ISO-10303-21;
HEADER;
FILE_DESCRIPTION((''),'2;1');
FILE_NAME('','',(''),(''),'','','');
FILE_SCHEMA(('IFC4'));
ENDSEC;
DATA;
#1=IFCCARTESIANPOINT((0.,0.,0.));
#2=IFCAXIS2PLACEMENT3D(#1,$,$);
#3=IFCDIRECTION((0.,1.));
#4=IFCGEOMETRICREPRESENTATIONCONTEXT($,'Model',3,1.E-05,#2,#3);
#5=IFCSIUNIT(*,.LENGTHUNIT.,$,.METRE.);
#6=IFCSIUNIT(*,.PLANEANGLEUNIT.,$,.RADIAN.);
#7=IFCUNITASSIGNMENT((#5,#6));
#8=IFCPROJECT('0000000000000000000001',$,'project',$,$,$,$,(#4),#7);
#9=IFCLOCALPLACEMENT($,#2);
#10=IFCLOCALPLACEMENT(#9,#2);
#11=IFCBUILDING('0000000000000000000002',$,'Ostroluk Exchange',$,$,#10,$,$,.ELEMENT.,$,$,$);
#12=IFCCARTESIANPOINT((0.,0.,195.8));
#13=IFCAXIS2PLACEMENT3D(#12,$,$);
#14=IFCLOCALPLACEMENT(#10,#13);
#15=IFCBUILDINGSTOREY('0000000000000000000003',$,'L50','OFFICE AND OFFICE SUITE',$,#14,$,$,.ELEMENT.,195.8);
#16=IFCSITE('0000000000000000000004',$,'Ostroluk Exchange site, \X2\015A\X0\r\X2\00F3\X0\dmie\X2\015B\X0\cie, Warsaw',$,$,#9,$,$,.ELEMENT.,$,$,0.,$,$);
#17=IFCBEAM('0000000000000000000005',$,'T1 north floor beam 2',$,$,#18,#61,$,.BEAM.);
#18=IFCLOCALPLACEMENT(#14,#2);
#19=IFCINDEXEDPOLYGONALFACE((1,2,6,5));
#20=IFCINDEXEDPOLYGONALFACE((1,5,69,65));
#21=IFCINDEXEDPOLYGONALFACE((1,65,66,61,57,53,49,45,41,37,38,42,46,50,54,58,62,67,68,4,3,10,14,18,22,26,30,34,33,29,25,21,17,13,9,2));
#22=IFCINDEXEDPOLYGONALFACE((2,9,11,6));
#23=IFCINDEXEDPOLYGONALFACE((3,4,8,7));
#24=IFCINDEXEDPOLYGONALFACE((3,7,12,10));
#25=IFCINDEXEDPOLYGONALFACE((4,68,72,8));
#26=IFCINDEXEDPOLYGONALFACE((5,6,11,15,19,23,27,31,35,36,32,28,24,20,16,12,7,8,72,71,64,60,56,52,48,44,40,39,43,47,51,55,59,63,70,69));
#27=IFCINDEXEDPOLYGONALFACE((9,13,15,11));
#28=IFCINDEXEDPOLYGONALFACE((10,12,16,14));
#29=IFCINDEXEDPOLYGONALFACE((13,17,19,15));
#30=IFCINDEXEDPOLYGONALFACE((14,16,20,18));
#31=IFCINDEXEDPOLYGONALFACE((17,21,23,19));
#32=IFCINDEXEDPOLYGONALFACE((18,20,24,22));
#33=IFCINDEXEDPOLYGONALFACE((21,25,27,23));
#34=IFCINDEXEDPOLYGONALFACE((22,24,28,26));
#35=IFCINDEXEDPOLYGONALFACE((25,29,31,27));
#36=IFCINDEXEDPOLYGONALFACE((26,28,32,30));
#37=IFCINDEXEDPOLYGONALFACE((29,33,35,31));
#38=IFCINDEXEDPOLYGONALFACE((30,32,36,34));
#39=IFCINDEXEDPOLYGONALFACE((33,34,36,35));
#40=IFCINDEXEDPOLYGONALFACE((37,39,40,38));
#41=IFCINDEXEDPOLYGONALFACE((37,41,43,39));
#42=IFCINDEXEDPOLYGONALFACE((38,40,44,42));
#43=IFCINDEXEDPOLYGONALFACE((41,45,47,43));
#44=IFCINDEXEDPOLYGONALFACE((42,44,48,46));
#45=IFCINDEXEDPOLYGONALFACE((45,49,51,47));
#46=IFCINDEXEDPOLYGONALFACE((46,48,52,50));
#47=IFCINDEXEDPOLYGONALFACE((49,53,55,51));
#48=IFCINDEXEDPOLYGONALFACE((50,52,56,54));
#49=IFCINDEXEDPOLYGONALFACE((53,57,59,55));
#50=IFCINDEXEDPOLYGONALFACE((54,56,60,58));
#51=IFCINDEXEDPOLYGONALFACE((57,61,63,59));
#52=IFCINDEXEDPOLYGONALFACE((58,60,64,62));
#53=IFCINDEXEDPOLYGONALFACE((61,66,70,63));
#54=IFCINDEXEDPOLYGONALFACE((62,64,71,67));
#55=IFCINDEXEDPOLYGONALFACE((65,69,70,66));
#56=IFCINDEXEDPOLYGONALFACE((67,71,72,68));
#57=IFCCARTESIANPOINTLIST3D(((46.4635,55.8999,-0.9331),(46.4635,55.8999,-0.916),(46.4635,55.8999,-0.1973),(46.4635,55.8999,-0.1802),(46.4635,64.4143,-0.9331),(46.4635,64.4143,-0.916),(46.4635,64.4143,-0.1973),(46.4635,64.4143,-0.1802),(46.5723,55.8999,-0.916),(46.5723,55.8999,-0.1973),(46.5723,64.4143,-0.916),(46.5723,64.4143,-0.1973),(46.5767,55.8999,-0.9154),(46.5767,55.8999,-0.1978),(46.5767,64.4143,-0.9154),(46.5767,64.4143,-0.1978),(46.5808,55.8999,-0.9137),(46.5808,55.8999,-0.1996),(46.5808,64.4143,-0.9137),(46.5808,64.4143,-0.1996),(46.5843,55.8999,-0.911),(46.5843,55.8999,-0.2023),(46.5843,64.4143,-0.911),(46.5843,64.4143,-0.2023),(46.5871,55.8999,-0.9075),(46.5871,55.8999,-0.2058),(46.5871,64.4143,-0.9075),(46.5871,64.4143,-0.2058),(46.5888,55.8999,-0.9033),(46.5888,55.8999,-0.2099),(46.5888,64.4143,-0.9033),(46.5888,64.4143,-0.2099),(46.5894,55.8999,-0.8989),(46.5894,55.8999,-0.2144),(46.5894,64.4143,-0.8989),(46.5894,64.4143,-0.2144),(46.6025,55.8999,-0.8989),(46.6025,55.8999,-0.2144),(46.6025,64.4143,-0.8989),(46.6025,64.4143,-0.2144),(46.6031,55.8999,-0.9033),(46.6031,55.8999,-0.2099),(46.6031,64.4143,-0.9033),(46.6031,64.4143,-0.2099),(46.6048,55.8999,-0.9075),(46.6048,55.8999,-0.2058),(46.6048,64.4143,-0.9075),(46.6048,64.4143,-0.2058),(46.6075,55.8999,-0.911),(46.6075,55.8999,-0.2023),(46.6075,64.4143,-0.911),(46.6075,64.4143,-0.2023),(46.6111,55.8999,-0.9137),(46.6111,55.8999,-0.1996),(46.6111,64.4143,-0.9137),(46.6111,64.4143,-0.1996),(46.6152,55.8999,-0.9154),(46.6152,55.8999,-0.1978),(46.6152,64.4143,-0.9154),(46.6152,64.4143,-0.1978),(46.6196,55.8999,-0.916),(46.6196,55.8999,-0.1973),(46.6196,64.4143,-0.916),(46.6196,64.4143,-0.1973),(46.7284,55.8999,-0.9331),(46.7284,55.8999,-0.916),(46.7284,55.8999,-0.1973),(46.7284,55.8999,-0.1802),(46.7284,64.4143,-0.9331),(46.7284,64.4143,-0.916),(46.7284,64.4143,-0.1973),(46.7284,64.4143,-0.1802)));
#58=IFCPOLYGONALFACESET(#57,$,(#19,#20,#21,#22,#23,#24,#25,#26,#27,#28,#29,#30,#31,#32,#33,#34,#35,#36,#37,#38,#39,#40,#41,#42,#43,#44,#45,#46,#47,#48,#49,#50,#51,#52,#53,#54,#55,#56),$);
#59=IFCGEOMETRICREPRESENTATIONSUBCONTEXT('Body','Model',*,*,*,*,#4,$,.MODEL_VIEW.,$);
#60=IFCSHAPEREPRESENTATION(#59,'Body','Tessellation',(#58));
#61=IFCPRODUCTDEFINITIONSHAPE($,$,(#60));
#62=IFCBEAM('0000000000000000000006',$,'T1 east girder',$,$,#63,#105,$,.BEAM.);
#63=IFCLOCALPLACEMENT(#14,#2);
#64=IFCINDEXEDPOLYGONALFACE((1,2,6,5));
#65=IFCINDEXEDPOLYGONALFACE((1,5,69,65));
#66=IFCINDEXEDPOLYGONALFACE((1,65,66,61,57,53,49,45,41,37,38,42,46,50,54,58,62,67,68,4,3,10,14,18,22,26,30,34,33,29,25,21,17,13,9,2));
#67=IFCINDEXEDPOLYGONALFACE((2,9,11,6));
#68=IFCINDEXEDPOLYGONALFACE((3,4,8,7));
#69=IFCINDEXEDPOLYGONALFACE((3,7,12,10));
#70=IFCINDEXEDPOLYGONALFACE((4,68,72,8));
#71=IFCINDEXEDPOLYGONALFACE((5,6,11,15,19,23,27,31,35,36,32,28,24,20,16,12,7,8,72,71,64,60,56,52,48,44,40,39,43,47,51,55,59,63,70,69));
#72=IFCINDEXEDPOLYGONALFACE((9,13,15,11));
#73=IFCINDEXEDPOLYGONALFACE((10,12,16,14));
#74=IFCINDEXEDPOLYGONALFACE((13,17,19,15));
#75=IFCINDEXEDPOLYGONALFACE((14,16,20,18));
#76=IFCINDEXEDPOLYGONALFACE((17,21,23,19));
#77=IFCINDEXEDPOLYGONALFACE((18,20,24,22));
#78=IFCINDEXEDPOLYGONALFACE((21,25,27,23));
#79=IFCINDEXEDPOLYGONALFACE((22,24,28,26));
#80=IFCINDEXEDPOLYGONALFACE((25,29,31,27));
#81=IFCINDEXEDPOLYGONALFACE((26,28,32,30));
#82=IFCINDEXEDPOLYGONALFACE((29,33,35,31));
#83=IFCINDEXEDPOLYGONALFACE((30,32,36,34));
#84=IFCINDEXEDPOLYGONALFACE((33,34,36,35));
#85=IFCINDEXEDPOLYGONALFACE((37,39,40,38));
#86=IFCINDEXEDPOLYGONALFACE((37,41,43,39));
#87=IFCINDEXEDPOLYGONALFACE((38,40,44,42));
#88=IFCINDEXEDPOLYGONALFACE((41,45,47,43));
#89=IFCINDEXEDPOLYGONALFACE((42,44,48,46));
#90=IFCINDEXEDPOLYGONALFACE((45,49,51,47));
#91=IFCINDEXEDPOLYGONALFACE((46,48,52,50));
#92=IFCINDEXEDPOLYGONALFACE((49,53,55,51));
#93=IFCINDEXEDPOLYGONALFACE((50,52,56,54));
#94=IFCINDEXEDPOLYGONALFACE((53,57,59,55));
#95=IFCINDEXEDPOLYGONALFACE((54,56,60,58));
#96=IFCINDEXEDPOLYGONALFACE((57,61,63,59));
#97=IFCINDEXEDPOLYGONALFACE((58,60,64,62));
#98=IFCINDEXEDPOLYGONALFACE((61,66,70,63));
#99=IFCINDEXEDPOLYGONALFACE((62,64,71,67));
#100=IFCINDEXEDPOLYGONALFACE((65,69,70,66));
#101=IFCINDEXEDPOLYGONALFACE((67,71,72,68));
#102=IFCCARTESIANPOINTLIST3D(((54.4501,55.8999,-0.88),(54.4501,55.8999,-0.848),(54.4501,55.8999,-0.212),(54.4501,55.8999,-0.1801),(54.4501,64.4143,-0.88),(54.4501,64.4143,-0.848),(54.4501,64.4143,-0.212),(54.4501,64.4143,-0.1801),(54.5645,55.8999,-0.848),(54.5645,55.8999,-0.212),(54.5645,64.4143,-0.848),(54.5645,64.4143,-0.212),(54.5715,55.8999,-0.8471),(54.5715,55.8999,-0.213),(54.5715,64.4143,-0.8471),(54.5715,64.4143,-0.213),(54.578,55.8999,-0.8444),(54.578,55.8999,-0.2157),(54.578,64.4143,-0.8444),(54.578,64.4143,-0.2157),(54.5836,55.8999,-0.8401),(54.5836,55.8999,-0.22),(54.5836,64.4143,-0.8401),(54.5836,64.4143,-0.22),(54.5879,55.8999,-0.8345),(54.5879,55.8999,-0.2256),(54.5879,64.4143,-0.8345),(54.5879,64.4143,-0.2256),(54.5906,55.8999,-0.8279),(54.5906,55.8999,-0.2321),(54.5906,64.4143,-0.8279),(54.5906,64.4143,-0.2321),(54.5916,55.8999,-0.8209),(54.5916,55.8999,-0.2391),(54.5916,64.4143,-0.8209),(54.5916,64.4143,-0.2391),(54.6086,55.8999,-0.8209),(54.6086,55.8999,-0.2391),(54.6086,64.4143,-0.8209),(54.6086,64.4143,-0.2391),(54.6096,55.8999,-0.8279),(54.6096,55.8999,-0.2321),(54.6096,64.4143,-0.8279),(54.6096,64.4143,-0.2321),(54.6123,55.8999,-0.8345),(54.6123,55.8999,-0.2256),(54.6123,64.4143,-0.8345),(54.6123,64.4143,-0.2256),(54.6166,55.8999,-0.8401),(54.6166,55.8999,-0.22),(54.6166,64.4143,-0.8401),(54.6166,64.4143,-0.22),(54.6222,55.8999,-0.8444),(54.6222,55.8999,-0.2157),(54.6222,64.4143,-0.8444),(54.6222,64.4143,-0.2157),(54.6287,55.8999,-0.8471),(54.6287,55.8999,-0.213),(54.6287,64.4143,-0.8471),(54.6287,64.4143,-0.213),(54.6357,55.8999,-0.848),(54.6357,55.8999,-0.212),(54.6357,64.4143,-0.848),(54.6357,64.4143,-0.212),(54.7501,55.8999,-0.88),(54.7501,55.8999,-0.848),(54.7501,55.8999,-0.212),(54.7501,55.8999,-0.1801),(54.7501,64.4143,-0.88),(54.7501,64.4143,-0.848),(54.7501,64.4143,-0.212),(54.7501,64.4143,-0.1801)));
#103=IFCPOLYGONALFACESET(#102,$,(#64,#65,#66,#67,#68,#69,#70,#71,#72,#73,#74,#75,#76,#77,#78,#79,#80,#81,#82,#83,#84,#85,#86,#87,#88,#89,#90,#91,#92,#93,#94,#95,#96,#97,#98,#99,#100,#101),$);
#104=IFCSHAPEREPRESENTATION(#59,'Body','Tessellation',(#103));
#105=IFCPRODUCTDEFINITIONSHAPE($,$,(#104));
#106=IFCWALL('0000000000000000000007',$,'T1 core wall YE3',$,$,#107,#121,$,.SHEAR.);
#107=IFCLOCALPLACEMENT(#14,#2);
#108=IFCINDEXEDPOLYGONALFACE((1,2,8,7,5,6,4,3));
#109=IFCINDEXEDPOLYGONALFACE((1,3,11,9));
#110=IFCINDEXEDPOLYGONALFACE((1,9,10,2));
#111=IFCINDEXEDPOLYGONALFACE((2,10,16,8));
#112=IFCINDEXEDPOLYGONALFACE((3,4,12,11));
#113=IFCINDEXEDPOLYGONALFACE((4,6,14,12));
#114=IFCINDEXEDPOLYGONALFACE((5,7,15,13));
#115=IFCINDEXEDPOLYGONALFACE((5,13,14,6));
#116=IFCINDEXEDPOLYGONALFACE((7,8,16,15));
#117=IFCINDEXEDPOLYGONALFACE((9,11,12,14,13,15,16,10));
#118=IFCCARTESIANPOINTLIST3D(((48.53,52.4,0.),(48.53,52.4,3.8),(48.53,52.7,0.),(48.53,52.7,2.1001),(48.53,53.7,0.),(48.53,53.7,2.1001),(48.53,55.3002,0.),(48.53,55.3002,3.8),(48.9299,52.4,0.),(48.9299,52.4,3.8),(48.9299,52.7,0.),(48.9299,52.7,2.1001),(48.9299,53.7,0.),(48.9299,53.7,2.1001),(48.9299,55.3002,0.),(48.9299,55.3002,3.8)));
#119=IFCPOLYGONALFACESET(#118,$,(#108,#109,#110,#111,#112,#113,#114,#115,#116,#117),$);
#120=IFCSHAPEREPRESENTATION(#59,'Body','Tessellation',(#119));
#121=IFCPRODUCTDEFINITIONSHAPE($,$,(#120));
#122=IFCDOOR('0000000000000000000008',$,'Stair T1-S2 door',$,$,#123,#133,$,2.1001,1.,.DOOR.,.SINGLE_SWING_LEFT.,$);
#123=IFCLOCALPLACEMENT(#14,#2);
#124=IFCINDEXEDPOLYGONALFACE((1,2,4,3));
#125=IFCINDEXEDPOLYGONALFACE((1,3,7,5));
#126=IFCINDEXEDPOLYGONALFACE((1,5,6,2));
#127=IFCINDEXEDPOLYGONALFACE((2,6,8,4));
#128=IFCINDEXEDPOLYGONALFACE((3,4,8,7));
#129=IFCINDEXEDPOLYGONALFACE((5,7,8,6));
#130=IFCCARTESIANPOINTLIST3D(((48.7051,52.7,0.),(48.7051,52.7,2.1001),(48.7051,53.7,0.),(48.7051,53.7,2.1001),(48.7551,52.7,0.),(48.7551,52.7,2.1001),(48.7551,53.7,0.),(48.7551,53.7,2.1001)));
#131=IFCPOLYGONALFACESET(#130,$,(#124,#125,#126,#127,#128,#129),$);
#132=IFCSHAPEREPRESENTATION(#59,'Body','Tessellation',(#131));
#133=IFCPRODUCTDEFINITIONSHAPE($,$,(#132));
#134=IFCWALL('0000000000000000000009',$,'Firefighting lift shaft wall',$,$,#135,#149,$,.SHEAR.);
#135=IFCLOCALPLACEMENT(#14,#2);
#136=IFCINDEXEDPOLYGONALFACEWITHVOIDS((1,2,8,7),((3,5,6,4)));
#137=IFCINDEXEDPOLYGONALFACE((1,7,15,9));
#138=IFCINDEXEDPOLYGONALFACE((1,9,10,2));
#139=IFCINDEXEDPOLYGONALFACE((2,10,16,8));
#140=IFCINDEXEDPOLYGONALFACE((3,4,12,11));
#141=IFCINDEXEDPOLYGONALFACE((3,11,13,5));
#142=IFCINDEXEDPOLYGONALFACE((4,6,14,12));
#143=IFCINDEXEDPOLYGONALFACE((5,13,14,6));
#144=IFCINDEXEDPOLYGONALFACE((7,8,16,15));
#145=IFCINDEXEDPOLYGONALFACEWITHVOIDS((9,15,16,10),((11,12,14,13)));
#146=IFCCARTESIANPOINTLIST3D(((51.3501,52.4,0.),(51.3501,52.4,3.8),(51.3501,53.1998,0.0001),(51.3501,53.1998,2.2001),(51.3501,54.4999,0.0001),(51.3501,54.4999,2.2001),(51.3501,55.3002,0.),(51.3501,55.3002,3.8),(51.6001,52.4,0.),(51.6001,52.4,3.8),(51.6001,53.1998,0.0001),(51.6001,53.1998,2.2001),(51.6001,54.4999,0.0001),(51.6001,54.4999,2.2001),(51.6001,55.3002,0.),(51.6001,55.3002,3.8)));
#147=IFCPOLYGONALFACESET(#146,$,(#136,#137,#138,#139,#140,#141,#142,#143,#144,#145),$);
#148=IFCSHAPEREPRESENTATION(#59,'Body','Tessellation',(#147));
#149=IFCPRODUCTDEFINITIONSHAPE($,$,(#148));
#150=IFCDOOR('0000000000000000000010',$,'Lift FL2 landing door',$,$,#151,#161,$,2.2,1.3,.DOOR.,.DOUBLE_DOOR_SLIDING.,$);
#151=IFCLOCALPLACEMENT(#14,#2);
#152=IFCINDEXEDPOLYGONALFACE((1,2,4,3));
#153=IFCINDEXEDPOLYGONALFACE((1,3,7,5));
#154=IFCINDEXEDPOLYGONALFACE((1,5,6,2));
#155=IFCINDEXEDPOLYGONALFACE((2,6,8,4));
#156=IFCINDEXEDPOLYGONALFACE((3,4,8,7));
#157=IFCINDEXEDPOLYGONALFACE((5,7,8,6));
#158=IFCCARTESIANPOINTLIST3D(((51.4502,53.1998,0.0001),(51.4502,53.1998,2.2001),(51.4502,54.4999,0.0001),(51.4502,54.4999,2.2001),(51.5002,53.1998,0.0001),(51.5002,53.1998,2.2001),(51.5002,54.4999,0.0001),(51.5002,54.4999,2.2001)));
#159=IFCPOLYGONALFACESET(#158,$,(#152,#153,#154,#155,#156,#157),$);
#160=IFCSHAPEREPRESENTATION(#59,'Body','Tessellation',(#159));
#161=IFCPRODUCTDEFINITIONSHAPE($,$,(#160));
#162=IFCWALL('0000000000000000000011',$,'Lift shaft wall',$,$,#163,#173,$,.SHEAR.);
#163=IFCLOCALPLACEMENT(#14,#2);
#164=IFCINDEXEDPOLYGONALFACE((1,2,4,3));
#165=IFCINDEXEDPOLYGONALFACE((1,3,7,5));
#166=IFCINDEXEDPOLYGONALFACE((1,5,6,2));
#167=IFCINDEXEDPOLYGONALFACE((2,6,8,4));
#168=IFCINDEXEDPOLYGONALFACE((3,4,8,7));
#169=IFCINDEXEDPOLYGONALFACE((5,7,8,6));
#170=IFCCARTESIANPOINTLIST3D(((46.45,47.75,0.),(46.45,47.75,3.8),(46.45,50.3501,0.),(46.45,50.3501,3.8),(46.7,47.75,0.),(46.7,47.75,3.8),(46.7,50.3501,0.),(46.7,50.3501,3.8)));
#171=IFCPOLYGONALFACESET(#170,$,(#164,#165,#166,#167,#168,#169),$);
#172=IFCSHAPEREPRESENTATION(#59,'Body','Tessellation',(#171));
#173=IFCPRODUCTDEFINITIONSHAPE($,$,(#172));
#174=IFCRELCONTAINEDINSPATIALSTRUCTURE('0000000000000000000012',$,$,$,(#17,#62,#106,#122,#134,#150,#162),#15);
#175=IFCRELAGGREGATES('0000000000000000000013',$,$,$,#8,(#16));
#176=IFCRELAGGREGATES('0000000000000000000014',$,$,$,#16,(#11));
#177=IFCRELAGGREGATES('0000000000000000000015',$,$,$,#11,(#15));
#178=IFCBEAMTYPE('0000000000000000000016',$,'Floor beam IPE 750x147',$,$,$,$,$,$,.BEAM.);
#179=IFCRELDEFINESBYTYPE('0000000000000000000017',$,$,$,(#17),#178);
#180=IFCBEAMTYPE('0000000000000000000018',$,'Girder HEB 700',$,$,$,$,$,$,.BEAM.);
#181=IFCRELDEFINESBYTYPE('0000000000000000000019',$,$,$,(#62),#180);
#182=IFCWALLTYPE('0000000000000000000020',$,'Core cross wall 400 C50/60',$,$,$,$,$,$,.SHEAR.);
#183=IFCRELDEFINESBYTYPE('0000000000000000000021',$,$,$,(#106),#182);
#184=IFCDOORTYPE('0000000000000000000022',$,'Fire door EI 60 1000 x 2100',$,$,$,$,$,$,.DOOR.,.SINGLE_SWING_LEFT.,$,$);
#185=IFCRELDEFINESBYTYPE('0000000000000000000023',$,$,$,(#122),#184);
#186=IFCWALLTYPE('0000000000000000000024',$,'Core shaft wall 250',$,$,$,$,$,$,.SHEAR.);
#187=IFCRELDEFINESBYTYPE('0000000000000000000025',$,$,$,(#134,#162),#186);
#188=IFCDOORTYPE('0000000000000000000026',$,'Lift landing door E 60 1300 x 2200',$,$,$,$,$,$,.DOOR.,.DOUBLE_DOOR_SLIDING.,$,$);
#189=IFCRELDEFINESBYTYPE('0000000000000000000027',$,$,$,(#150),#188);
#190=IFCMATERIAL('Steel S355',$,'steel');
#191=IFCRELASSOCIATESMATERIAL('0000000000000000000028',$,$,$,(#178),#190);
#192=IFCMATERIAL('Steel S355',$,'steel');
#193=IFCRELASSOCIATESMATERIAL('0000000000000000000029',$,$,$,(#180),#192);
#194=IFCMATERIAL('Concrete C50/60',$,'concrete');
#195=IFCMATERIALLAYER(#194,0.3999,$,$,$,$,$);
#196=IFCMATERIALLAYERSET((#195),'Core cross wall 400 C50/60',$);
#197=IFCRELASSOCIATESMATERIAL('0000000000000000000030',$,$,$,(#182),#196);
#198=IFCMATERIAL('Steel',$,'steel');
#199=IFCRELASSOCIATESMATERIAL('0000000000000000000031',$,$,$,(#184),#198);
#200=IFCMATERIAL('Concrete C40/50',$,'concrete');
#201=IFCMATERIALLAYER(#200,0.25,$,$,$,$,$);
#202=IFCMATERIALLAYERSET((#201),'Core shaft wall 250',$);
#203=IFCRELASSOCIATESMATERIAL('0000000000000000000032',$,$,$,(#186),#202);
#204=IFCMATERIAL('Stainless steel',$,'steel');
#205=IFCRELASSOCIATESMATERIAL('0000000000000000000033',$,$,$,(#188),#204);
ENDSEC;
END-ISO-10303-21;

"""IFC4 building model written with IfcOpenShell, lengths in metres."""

from ifc_helpers import new_model, si_unit, direction, frame, frame_2d, origin, origin_2d, place, context, subcontext, project, spatial, rectangle, i_section, extrude, material, layer, layer_set, material_profile, profile_set, type_object, element, fill, save


model = new_model("IFC4")

# Units and contexts
model_context = context("Model", 3, precision=1e-05, world=origin(), true_north=direction((0.0, 1.0)))
body_context = subcontext(model_context, "Body", "Model", "MODEL_VIEW")
ifc_project = project(units=[si_unit("LENGTHUNIT", "METRE"), si_unit("PLANEANGLEUNIT", "RADIAN")], contexts=[model_context])

# Site, building, storey
site_placement = place(None, origin())
site = spatial("IfcSite", under=ifc_project, at=site_placement, Name="Ostroluk Exchange site, Śródmieście, Warsaw", CompositionType="ELEMENT", RefElevation=0.0)
building_placement = place(site_placement, origin())
building = spatial("IfcBuilding", under=site, at=building_placement, Name="Ostroluk Exchange", CompositionType="ELEMENT")
storey_placement = place(building_placement, frame((0.0, 0.0, 195.8)))
storey = spatial("IfcBuildingStorey", under=building, at=storey_placement, Name="L50", Description="OFFICE AND OFFICE SUITE", CompositionType="ELEMENT", Elevation=195.8)

# Beams
ifc_material_1 = material(Name="Steel S355", Category="steel")
ifc_material_profile_1 = material_profile(ifc_material_1, i_section(OverallWidth=0.2649, OverallDepth=0.7529, WebThickness=0.0132, FlangeThickness=0.0171, FilletRadius=0.0171, at=origin_2d()), Name="IPE 750x147")
ifc_profile_set_1 = profile_set([ifc_material_profile_1], Name="Steel S355")
beam_type_1 = type_object("IfcBeamType", Name="Floor beam IPE 750x147", PredefinedType="BEAM", material=ifc_profile_set_1)
for number, where, z_axis, x_axis, name in (
    (1, (46.5959, 55.8999, -0.5566), (0.0, 1.0, 0.0), (-1.0, 0.0, 0.0), "T1 north floor beam 2"),
):
    element("IfcBeam", number, at=place(storey_placement, frame(where, z_axis=z_axis, x_axis=x_axis)), inside=storey, type_object=beam_type_1, Name=name, PredefinedType="BEAM", context=body_context, shape_type="SweptSolid", body=[
        extrude(i_section(OverallWidth=0.2649, OverallDepth=0.7529, WebThickness=0.0132, FlangeThickness=0.0171, FilletRadius=0.0171, at=origin_2d()), origin(), (0.0, 0.0, 1.0), 8.5144),
    ])
ifc_material_2 = material(Name="Steel S355", Category="steel")
ifc_material_profile_2 = material_profile(ifc_material_2, i_section(OverallWidth=0.3, OverallDepth=0.7, WebThickness=0.0171, FlangeThickness=0.032, FilletRadius=0.0271, at=origin_2d()), Name="HEB 700")
ifc_profile_set_2 = profile_set([ifc_material_profile_2], Name="Steel S355")
beam_type_2 = type_object("IfcBeamType", Name="Girder HEB 700", PredefinedType="BEAM", material=ifc_profile_set_2)
beam_1_placement = place(storey_placement, frame((54.6001, 55.8999, -0.53), z_axis=(0.0, 1.0, 0.0), x_axis=(-1.0, 0.0, 0.0)))
element("IfcBeam", 2, at=beam_1_placement, inside=storey, type_object=beam_type_2, Name="T1 east girder", PredefinedType="BEAM", context=body_context, shape_type="SweptSolid", body=[
    extrude(i_section(OverallWidth=0.3, OverallDepth=0.7, WebThickness=0.0171, FlangeThickness=0.032, FilletRadius=0.0271, at=origin_2d()), origin(), (0.0, 0.0, 1.0), 8.5144),
])

# Walls, openings, doors
ifc_material_3 = material(Name="Concrete C50/60", Category="concrete")
ifc_layer_1 = layer(ifc_material_3, 0.3999)
ifc_layer_set_1 = layer_set([ifc_layer_1], Name="Core cross wall 400 C50/60")
wall_type_1 = type_object("IfcWallType", Name="Core cross wall 400 C50/60", PredefinedType="SHEAR", material=ifc_layer_set_1)
wall_1_placement = place(storey_placement, frame((48.73, 52.3999, 0.0), z_axis=(0.0, 0.0, 1.0), x_axis=(0.0, 1.0, 0.0)))
wall_1 = element("IfcWall", 3, at=wall_1_placement, inside=storey, type_object=wall_type_1, Name="T1 core wall YE3", PredefinedType="SHEAR", context=body_context, shape_type="SweptSolid", body=[
    extrude(rectangle(XDim=2.9001, YDim=0.3999, at=frame_2d((1.4502, 0.0))), origin(), (0.0, 0.0, 1.0), 3.8),
])
opening_1_placement = place(wall_1_placement, frame((0.3, 0.0, 0.0)))
opening_1 = element("IfcOpeningElement", 4, at=opening_1_placement, cuts=wall_1, PredefinedType="OPENING", context=body_context, shape_type="SweptSolid", body=[
    extrude(rectangle(XDim=1.0, YDim=2.1001, at=frame_2d((0.5, 1.05))), frame((0.0, 0.21, 0.0), z_axis=(0.0, -1.0, 0.0), x_axis=(1.0, 0.0, 0.0)), (0.0, 0.0, 1.0), 0.4199),
])
ifc_material_4 = material(Name="Steel", Category="steel")
door_type_1 = type_object("IfcDoorType", Name="Fire door EI 60 1000 x 2100", OperationType="SINGLE_SWING_LEFT", PredefinedType="DOOR", material=ifc_material_4)
door_1_placement = place(opening_1_placement, origin())
door_1 = element("IfcDoor", 5, at=door_1_placement, inside=storey, type_object=door_type_1, Name="Stair T1-S2 door", OperationType="SINGLE_SWING_LEFT", OverallHeight=2.1001, OverallWidth=1.0, PredefinedType="DOOR", context=body_context, shape_type="SweptSolid", body=[
    extrude(rectangle(XDim=1.0, YDim=2.1001, at=frame_2d((0.5, 1.05))), frame((0.0, 0.0249, 0.0), z_axis=(0.0, -1.0, 0.0), x_axis=(1.0, 0.0, 0.0)), (0.0, 0.0, 1.0), 0.05),
])
fill(opening_1, door_1)
ifc_material_5 = material(Name="Concrete C40/50", Category="concrete")
ifc_layer_2 = layer(ifc_material_5, 0.25)
ifc_layer_set_2 = layer_set([ifc_layer_2], Name="Core shaft wall 250")
wall_type_2 = type_object("IfcWallType", Name="Core shaft wall 250", PredefinedType="SHEAR", material=ifc_layer_set_2)
wall_2_placement = place(storey_placement, frame((51.4751, 52.3999, 0.0), z_axis=(0.0, 0.0, 1.0), x_axis=(0.0, 1.0, 0.0)))
wall_2 = element("IfcWall", 6, at=wall_2_placement, inside=storey, type_object=wall_type_2, Name="Firefighting lift shaft wall", PredefinedType="SHEAR", context=body_context, shape_type="SweptSolid", body=[
    extrude(rectangle(XDim=2.9001, YDim=0.25, at=frame_2d((1.4502, 0.0))), origin(), (0.0, 0.0, 1.0), 3.8),
])
opening_2_placement = place(wall_2_placement, frame((0.8, 0.0, 0.0)))
opening_2 = element("IfcOpeningElement", 7, at=opening_2_placement, cuts=wall_2, PredefinedType="OPENING", context=body_context, shape_type="SweptSolid", body=[
    extrude(rectangle(XDim=1.3, YDim=2.2, at=frame_2d((0.6499, 1.1001))), frame((0.0, 0.135, 0.0), z_axis=(0.0, -1.0, 0.0), x_axis=(1.0, 0.0, 0.0)), (0.0, 0.0, 1.0), 0.27),
])
ifc_material_6 = material(Name="Stainless steel", Category="steel")
door_type_2 = type_object("IfcDoorType", Name="Lift landing door E 60 1300 x 2200", OperationType="DOUBLE_DOOR_SLIDING", PredefinedType="DOOR", material=ifc_material_6)
door_2_placement = place(opening_2_placement, origin())
door_2 = element("IfcDoor", 8, at=door_2_placement, inside=storey, type_object=door_type_2, Name="Lift FL2 landing door", OperationType="DOUBLE_DOOR_SLIDING", OverallHeight=2.2, OverallWidth=1.3, PredefinedType="DOOR", context=body_context, shape_type="SweptSolid", body=[
    extrude(rectangle(XDim=1.3, YDim=2.2, at=frame_2d((0.6499, 1.1001))), frame((0.0, 0.0249, 0.0), z_axis=(0.0, -1.0, 0.0), x_axis=(1.0, 0.0, 0.0)), (0.0, 0.0, 1.0), 0.05),
])
fill(opening_2, door_2)

# Wall
wall_3_placement = place(storey_placement, frame((46.575, 47.75, 0.0), z_axis=(0.0, 0.0, 1.0), x_axis=(0.0, 1.0, 0.0)))
element("IfcWall", 9, at=wall_3_placement, inside=storey, type_object=wall_type_2, Name="Lift shaft wall", PredefinedType="SHEAR", context=body_context, shape_type="SweptSolid", body=[
    extrude(rectangle(XDim=2.6001, YDim=0.25, at=frame_2d((1.3, 0.0))), origin(), (0.0, 0.0, 1.0), 3.8),
])

save(model, "model.ifc")
